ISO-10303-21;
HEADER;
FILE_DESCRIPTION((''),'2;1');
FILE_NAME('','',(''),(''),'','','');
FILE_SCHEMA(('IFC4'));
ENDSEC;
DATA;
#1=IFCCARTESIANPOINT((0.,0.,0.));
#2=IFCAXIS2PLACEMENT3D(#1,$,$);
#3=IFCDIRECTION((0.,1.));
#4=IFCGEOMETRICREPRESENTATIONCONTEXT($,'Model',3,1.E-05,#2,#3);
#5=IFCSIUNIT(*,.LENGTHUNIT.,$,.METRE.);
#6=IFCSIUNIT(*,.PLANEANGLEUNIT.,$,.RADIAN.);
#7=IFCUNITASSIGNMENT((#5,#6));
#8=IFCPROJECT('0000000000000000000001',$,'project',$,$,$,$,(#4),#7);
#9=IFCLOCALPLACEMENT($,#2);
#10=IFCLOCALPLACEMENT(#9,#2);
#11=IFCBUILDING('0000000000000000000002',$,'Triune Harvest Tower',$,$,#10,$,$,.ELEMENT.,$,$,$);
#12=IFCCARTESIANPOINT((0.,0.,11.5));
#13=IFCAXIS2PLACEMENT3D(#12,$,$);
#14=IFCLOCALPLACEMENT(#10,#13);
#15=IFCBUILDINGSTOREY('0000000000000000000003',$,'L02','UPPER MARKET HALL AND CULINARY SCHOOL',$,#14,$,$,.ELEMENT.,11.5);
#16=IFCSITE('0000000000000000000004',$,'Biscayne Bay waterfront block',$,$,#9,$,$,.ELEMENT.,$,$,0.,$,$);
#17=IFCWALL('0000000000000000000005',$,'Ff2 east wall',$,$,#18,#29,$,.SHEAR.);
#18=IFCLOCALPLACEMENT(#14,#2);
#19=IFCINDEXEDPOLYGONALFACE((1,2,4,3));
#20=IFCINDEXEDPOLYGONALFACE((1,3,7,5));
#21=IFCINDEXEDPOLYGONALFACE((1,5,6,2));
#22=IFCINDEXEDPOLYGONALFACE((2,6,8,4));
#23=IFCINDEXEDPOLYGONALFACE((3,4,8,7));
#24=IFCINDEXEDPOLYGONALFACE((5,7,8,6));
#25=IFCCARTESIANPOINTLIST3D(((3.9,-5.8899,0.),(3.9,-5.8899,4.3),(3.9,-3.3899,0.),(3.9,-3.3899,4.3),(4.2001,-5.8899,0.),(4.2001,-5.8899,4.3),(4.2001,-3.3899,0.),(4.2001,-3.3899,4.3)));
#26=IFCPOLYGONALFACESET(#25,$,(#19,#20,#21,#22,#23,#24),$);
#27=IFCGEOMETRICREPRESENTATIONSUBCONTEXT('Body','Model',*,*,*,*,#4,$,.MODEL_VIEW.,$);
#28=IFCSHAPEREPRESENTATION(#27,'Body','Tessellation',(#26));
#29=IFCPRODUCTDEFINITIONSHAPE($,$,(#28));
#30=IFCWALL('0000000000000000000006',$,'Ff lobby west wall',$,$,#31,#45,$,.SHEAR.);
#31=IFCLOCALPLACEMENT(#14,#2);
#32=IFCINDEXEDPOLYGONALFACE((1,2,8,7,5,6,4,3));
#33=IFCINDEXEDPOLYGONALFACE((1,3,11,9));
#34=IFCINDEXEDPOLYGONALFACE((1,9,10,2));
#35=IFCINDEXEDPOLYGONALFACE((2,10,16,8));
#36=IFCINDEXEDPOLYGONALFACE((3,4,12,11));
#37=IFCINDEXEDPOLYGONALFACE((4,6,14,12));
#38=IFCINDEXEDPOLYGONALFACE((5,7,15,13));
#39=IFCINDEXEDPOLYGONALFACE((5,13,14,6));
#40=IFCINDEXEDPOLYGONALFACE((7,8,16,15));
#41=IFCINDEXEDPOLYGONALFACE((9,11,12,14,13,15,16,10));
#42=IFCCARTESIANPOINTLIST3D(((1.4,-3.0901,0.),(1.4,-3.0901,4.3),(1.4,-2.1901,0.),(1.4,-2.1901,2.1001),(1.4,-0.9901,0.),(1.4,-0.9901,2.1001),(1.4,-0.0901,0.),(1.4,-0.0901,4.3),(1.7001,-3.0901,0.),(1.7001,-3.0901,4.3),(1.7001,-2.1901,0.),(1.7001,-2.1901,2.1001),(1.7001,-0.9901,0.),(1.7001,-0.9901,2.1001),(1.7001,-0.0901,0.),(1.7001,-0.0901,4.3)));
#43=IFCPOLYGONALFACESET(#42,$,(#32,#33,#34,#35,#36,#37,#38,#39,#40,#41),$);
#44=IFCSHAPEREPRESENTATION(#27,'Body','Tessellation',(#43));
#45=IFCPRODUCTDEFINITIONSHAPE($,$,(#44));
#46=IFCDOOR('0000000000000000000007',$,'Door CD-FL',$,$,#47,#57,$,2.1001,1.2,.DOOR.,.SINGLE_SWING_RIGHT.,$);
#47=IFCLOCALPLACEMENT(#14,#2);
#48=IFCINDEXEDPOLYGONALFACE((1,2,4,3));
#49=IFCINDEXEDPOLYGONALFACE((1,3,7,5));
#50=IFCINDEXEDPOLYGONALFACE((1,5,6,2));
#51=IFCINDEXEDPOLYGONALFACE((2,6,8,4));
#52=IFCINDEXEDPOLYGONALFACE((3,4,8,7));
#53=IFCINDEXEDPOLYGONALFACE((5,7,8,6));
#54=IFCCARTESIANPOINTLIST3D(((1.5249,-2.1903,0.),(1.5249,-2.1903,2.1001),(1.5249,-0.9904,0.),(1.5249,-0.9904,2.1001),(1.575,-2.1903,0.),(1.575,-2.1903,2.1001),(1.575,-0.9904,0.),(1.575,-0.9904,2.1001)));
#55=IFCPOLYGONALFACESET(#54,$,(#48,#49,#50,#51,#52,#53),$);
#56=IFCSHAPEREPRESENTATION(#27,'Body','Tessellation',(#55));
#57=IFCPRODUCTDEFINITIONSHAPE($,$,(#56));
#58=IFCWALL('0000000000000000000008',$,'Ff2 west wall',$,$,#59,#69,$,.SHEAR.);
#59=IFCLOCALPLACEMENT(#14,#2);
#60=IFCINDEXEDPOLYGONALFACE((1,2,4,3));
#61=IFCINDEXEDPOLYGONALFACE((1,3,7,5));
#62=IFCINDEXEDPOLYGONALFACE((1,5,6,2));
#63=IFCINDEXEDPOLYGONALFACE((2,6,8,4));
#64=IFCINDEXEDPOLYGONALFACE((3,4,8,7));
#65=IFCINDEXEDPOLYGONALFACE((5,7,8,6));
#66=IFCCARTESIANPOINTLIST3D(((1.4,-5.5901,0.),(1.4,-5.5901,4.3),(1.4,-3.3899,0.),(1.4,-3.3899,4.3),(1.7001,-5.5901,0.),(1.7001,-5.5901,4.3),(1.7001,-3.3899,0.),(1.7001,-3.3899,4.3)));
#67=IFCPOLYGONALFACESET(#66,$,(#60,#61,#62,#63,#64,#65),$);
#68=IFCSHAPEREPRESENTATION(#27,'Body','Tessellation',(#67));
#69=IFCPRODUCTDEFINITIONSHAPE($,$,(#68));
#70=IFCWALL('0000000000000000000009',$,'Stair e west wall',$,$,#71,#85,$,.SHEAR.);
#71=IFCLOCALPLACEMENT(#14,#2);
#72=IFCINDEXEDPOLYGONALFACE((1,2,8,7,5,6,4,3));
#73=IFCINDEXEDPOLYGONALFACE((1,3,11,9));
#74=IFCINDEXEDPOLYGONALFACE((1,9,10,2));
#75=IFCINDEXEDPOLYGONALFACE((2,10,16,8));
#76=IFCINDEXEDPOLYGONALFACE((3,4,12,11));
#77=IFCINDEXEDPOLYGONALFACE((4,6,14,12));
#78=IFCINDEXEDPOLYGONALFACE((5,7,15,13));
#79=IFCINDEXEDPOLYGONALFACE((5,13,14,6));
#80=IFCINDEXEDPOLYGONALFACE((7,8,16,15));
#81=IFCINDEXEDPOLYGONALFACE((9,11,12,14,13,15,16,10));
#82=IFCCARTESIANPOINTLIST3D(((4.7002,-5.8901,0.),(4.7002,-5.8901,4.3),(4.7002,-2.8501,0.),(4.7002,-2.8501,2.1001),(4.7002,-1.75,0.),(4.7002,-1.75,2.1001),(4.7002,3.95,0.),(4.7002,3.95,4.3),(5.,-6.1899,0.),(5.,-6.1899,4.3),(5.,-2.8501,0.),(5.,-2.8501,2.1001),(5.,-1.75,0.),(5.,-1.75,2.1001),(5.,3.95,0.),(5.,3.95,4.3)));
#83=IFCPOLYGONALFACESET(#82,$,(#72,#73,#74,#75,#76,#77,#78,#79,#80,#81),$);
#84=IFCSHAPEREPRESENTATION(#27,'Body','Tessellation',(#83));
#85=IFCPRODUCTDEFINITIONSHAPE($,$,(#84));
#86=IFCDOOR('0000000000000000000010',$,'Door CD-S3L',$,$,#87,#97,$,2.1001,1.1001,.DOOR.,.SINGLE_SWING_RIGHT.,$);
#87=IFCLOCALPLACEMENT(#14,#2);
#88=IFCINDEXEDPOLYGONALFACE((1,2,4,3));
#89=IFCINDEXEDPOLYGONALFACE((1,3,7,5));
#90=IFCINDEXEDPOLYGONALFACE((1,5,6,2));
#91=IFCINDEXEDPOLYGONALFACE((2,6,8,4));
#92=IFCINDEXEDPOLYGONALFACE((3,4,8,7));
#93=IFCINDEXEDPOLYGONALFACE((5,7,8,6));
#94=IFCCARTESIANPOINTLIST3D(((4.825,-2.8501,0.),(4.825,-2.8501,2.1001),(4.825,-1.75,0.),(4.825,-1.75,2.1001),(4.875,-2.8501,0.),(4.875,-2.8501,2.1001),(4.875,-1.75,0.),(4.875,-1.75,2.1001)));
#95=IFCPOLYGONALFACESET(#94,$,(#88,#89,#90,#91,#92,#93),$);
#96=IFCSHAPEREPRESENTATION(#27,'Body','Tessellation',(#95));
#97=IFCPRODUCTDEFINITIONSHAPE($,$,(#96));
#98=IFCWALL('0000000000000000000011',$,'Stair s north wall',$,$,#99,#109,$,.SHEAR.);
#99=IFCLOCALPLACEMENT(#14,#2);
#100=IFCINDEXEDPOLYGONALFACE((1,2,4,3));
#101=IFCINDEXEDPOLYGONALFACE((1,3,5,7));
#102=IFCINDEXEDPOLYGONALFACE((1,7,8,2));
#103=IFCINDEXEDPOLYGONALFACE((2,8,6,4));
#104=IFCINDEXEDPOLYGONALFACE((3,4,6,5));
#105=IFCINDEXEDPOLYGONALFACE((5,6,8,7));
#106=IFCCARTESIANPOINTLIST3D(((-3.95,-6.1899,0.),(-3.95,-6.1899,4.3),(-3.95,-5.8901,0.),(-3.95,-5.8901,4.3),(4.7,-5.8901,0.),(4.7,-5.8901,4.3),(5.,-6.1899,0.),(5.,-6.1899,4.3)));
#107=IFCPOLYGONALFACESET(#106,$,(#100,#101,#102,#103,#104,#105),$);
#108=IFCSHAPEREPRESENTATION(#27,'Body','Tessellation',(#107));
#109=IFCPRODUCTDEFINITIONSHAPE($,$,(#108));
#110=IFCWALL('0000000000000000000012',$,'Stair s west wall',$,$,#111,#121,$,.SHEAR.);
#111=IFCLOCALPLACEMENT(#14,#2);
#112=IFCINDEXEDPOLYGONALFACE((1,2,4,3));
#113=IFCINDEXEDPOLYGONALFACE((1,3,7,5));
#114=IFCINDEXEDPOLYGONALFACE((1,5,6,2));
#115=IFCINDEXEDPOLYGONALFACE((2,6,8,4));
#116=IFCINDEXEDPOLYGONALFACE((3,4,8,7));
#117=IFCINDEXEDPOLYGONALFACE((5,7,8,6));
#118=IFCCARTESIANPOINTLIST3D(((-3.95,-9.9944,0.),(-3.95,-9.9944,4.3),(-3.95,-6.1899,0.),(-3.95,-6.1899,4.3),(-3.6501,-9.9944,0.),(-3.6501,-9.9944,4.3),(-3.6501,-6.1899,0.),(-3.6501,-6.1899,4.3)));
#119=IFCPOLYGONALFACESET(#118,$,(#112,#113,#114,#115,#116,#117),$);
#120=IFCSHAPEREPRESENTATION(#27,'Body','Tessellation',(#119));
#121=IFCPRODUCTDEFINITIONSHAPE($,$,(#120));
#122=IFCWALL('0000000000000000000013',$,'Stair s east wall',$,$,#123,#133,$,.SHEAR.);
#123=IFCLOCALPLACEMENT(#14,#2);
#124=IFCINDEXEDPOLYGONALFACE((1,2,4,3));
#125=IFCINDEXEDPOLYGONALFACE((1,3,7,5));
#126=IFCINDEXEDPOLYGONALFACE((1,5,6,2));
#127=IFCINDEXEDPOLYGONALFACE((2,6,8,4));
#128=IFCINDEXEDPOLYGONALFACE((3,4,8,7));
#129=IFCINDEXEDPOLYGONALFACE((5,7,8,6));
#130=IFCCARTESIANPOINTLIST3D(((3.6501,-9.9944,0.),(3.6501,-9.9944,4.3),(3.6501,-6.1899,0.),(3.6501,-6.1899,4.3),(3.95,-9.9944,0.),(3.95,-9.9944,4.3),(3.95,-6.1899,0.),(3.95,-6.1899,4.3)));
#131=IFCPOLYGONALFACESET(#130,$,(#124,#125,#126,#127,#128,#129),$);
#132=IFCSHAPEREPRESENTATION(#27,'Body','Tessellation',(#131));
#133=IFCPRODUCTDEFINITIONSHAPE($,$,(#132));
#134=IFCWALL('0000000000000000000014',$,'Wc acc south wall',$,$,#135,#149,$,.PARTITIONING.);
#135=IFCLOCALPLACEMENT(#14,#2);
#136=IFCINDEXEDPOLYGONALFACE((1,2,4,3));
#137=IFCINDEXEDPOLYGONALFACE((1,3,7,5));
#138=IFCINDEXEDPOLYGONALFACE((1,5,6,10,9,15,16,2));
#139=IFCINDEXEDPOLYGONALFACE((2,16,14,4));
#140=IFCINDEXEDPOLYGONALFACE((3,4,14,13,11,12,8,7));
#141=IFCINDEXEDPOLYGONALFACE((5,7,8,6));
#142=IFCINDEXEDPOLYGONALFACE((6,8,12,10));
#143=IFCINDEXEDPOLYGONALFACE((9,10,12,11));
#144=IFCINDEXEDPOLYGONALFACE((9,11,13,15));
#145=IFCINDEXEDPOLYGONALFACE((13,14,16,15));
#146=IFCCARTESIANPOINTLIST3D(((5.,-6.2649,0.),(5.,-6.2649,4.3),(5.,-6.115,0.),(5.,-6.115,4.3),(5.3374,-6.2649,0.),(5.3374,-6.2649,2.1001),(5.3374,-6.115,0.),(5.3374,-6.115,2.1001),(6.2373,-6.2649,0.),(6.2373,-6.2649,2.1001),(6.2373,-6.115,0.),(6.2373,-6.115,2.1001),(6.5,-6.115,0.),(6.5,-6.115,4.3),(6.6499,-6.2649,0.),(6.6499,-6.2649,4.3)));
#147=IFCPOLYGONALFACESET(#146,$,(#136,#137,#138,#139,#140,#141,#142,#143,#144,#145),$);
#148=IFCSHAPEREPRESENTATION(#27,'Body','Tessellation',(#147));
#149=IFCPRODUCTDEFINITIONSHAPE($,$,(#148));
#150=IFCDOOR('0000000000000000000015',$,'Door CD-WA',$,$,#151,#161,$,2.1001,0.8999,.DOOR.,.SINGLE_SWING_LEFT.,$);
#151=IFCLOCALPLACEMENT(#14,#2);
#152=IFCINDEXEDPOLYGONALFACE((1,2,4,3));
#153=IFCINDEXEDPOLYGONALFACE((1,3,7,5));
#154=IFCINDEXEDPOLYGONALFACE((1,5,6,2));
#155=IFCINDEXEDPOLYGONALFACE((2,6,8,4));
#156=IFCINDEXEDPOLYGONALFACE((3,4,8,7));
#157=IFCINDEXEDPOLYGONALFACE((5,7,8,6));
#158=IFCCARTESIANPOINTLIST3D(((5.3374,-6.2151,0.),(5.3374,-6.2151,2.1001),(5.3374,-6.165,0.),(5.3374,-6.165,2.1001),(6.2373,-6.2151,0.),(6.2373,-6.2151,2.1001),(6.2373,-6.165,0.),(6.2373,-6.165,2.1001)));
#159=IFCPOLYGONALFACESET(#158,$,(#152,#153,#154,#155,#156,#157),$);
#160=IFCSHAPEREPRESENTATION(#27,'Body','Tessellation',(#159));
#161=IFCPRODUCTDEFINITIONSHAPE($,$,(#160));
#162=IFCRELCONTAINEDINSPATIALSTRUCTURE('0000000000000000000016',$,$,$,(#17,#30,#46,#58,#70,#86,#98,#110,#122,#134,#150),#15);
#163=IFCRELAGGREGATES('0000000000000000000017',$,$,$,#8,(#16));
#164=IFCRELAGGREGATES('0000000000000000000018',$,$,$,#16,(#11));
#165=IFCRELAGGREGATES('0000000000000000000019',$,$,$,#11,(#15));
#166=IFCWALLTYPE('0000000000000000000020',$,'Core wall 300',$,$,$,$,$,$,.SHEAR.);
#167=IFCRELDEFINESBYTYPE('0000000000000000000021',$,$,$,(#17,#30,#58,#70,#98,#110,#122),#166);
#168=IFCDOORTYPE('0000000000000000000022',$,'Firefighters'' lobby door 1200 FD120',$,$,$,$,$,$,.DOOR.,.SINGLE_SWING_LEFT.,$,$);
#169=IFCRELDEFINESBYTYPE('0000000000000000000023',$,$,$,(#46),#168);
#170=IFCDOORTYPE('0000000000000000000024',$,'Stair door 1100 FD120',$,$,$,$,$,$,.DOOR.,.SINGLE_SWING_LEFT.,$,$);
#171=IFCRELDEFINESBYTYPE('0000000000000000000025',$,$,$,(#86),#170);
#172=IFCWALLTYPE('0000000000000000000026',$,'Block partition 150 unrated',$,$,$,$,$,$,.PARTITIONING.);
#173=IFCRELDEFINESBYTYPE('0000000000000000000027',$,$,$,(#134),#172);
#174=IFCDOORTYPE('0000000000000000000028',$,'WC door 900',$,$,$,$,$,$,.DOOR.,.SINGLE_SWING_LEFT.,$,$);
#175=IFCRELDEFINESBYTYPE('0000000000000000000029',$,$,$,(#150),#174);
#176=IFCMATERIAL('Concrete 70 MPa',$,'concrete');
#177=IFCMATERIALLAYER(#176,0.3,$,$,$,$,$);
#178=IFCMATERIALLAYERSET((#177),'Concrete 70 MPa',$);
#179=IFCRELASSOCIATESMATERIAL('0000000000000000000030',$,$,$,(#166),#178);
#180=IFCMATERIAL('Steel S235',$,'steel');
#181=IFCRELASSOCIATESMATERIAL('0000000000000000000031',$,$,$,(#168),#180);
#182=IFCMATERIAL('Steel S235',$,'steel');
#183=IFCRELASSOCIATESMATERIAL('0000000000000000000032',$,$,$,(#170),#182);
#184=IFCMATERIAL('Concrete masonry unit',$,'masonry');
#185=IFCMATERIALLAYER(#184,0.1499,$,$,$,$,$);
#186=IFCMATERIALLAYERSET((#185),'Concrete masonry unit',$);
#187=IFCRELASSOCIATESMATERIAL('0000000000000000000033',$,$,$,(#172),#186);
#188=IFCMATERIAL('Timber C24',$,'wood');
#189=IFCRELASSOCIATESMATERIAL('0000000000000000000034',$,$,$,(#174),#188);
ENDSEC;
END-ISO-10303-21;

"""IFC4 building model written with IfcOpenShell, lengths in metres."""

from ifc_helpers import new_model, si_unit, direction, frame, frame_2d, origin, place, context, subcontext, project, spatial, polyline, rectangle, outline, extrude, source, transform, mapped, material, layer, layer_set, type_object, element, fill, save


model = new_model("IFC4")

# Units and contexts
model_context = context("Model", 3, precision=1e-05, world=origin(), true_north=direction((0.0, 1.0)))
body_context = subcontext(model_context, "Body", "Model", "MODEL_VIEW")
ifc_project = project(units=[si_unit("LENGTHUNIT", "METRE"), si_unit("PLANEANGLEUNIT", "RADIAN")], contexts=[model_context])

# Site, building, storey
site_placement = place(None, origin())
site = spatial("IfcSite", under=ifc_project, at=site_placement, Name="Biscayne Bay waterfront block", CompositionType="ELEMENT", RefElevation=0.0)
building_placement = place(site_placement, origin())
building = spatial("IfcBuilding", under=site, at=building_placement, Name="Triune Harvest Tower", CompositionType="ELEMENT")
storey_placement = place(building_placement, frame((0.0, 0.0, 11.5)))
storey = spatial("IfcBuildingStorey", under=building, at=storey_placement, Name="L02", Description="UPPER MARKET HALL AND CULINARY SCHOOL", CompositionType="ELEMENT", Elevation=11.5)

# Wall
ifc_material_1 = material(Name="Concrete 70 MPa", Category="concrete")
ifc_layer_1 = layer(ifc_material_1, 0.3)
ifc_layer_set_1 = layer_set([ifc_layer_1], Name="Concrete 70 MPa")
wall_type_1 = type_object("IfcWallType", Name="Core wall 300", PredefinedType="SHEAR", material=ifc_layer_set_1)
shared_shape_1 = source(origin(), body_context, "Body", "SweptSolid", [
    extrude(rectangle(XDim=2.5, YDim=0.3, at=frame_2d((1.25, 0.0))), origin(), (0.0, 0.0, 1.0), 4.3),
])
wall_1_placement = place(storey_placement, frame((4.05, -5.8899, 0.0), z_axis=(0.0, 0.0, 1.0), x_axis=(0.0, 1.0, 0.0)))
element("IfcWall", 1, at=wall_1_placement, inside=storey, type_object=wall_type_1, Name="Ff2 east wall", PredefinedType="SHEAR", context=body_context, shape_type="MappedRepresentation", body=[
    mapped(shared_shape_1, transform((0.0, 0.0, 0.0), scale=1.0)),
])

# Wall, opening, door
shared_shape_2 = source(origin(), body_context, "Body", "SweptSolid", [
    extrude(rectangle(XDim=3.0, YDim=0.3, at=frame_2d((1.5, 0.0))), origin(), (0.0, 0.0, 1.0), 4.3),
])
wall_2_placement = place(storey_placement, frame((1.55, -3.0901, 0.0), z_axis=(0.0, 0.0, 1.0), x_axis=(0.0, 1.0, 0.0)))
wall_2 = element("IfcWall", 2, at=wall_2_placement, inside=storey, type_object=wall_type_1, Name="Ff lobby west wall", PredefinedType="SHEAR", context=body_context, shape_type="MappedRepresentation", body=[
    mapped(shared_shape_2, transform((0.0, 0.0, 0.0), scale=1.0)),
])
opening_1_placement = place(wall_2_placement, frame((0.8999, 0.0, 0.0)))
opening_1 = element("IfcOpeningElement", 3, at=opening_1_placement, cuts=wall_2, PredefinedType="OPENING", context=body_context, shape_type="SweptSolid", body=[
    extrude(rectangle(XDim=1.2, YDim=2.1001, at=frame_2d((0.6001, 1.05))), frame((0.0, 0.1602, 0.0), z_axis=(0.0, -1.0, 0.0), x_axis=(1.0, 0.0, 0.0)), (0.0, 0.0, 1.0), 0.3201),
])
ifc_material_2 = material(Name="Steel S235", Category="steel")
door_type_1 = type_object("IfcDoorType", Name="Firefighters' lobby door 1200 FD120", OperationType="SINGLE_SWING_LEFT", PredefinedType="DOOR", material=ifc_material_2)
door_1_placement = place(opening_1_placement, frame((1.2, 0.0, 0.0), z_axis=(0.0, 0.0, 1.0), x_axis=(-1.0, 0.0, 0.0)))
door_1 = element("IfcDoor", 4, at=door_1_placement, inside=storey, type_object=door_type_1, Name="Door CD-FL", OperationType="SINGLE_SWING_RIGHT", OverallHeight=2.1001, OverallWidth=1.2, PredefinedType="DOOR", context=body_context, shape_type="SweptSolid", body=[
    extrude(rectangle(XDim=1.2, YDim=2.1001, at=frame_2d((0.6001, 1.05))), frame((0.0, 0.0249, 0.0), z_axis=(0.0, -1.0, 0.0), x_axis=(1.0, 0.0, 0.0)), (0.0, 0.0, 1.0), 0.05),
])
fill(opening_1, door_1)

# Wall
shared_shape_3 = source(origin(), body_context, "Body", "SweptSolid", [
    extrude(rectangle(XDim=2.2002, YDim=0.3, at=frame_2d((1.1001, 0.0))), origin(), (0.0, 0.0, 1.0), 4.3),
])
wall_3_placement = place(storey_placement, frame((1.55, -5.5901, 0.0), z_axis=(0.0, 0.0, 1.0), x_axis=(0.0, 1.0, 0.0)))
element("IfcWall", 5, at=wall_3_placement, inside=storey, type_object=wall_type_1, Name="Ff2 west wall", PredefinedType="SHEAR", context=body_context, shape_type="MappedRepresentation", body=[
    mapped(shared_shape_3, transform((0.0, 0.0, 0.0), scale=1.0)),
])

# Wall, opening, door
shared_shape_4 = source(origin(), body_context, "Body", "SweptSolid", [
    extrude(outline(polyline([(-0.1499, -0.1499), (9.99, -0.1499), (9.99, 0.1499), (0.1499, 0.1499), (-0.1499, -0.1499)])), origin(), (0.0, 0.0, 1.0), 4.3),
])
wall_4_placement = place(storey_placement, frame((4.8501, -6.04, 0.0), z_axis=(0.0, 0.0, 1.0), x_axis=(0.0, 1.0, 0.0)))
wall_4 = element("IfcWall", 6, at=wall_4_placement, inside=storey, type_object=wall_type_1, Name="Stair e west wall", PredefinedType="SHEAR", context=body_context, shape_type="MappedRepresentation", body=[
    mapped(shared_shape_4, transform((0.0, 0.0, 0.0), scale=1.0)),
])
opening_2_placement = place(wall_4_placement, frame((3.1899, 0.0, 0.0)))
opening_2 = element("IfcOpeningElement", 7, at=opening_2_placement, cuts=wall_4, PredefinedType="OPENING", context=body_context, shape_type="SweptSolid", body=[
    extrude(rectangle(XDim=1.1001, YDim=2.1001, at=frame_2d((0.55, 1.05))), frame((0.0, 0.1602, 0.0), z_axis=(0.0, -1.0, 0.0), x_axis=(1.0, 0.0, 0.0)), (0.0, 0.0, 1.0), 0.3201),
])
ifc_material_3 = material(Name="Steel S235", Category="steel")
door_type_2 = type_object("IfcDoorType", Name="Stair door 1100 FD120", OperationType="SINGLE_SWING_LEFT", PredefinedType="DOOR", material=ifc_material_3)
door_2_placement = place(opening_2_placement, frame((1.1001, 0.0, 0.0), z_axis=(0.0, 0.0, 1.0), x_axis=(-1.0, 0.0, 0.0)))
door_2 = element("IfcDoor", 8, at=door_2_placement, inside=storey, type_object=door_type_2, Name="Door CD-S3L", OperationType="SINGLE_SWING_RIGHT", OverallHeight=2.1001, OverallWidth=1.1001, PredefinedType="DOOR", context=body_context, shape_type="SweptSolid", body=[
    extrude(rectangle(XDim=1.1001, YDim=2.1001, at=frame_2d((0.55, 1.05))), frame((0.0, 0.0249, 0.0), z_axis=(0.0, -1.0, 0.0), x_axis=(1.0, 0.0, 0.0)), (0.0, 0.0, 1.0), 0.05),
])
fill(opening_2, door_2)

# Walls
shared_shape_5 = source(origin(), body_context, "Body", "SweptSolid", [
    extrude(outline(polyline([(0.0, -0.1499), (8.95, -0.1499), (8.6499, 0.1499), (0.0, 0.1499), (0.0, -0.1499)])), origin(), (0.0, 0.0, 1.0), 4.3),
])
wall_5_placement = place(storey_placement, frame((-3.95, -6.04, 0.0), z_axis=(0.0, 0.0, 1.0), x_axis=(1.0, 0.0, 0.0)))
element("IfcWall", 9, at=wall_5_placement, inside=storey, type_object=wall_type_1, Name="Stair s north wall", PredefinedType="SHEAR", context=body_context, shape_type="MappedRepresentation", body=[
    mapped(shared_shape_5, transform((0.0, 0.0, 0.0), scale=1.0)),
])
shared_shape_6 = source(origin(), body_context, "Body", "SweptSolid", [
    extrude(outline(polyline([(3.8, -0.1499), (-0.0044, -0.1499), (-0.0044, 0.1499), (3.8, 0.1499), (3.8, -0.1499)])), origin(), (0.0, 0.0, 1.0), 4.3),
])
for number, where, z_axis, x_axis, name in (
    (10, (-3.8, -9.99, 0.0), (0.0, 0.0, 1.0), (0.0, 1.0, 0.0), "Stair s west wall"),
    (11, (3.8, -9.99, 0.0), (0.0, 0.0, 1.0), (0.0, 1.0, 0.0), "Stair s east wall"),
):
    element("IfcWall", number, at=place(storey_placement, frame(where, z_axis=z_axis, x_axis=x_axis)), inside=storey, type_object=wall_type_1, Name=name, PredefinedType="SHEAR", context=body_context, shape_type="MappedRepresentation", body=[
        mapped(shared_shape_6, transform((0.0, 0.0, 0.0), scale=1.0)),
    ])

# Wall, opening, door
ifc_material_4 = material(Name="Concrete masonry unit", Category="masonry")
ifc_layer_2 = layer(ifc_material_4, 0.1499)
ifc_layer_set_2 = layer_set([ifc_layer_2], Name="Concrete masonry unit")
wall_type_2 = type_object("IfcWallType", Name="Block partition 150 unrated", PredefinedType="PARTITIONING", material=ifc_layer_set_2)
shared_shape_7 = source(origin(), body_context, "Body", "SweptSolid", [
    extrude(outline(polyline([(0.0, -0.075), (1.6499, -0.075), (1.5, 0.075), (0.0, 0.075), (0.0, -0.075)])), origin(), (0.0, 0.0, 1.0), 4.3),
])
wall_6_placement = place(storey_placement, frame((5.0, -6.1899, 0.0), z_axis=(0.0, 0.0, 1.0), x_axis=(1.0, 0.0, 0.0)))
wall_6 = element("IfcWall", 12, at=wall_6_placement, inside=storey, type_object=wall_type_2, Name="Wc acc south wall", PredefinedType="PARTITIONING", context=body_context, shape_type="MappedRepresentation", body=[
    mapped(shared_shape_7, transform((0.0, 0.0, 0.0), scale=1.0)),
])
opening_3_placement = place(wall_6_placement, frame((0.3374, 0.0, 0.0)))
opening_3 = element("IfcOpeningElement", 13, at=opening_3_placement, cuts=wall_6, PredefinedType="OPENING", context=body_context, shape_type="SweptSolid", body=[
    extrude(rectangle(XDim=0.8999, YDim=2.1001, at=frame_2d((0.45, 1.05))), frame((0.0, 0.085, 0.0), z_axis=(0.0, -1.0, 0.0), x_axis=(1.0, 0.0, 0.0)), (0.0, 0.0, 1.0), 0.1699),
])
ifc_material_5 = material(Name="Timber C24", Category="wood")
door_type_3 = type_object("IfcDoorType", Name="WC door 900", OperationType="SINGLE_SWING_LEFT", PredefinedType="DOOR", material=ifc_material_5)
door_3_placement = place(opening_3_placement, origin())
door_3 = element("IfcDoor", 14, at=door_3_placement, inside=storey, type_object=door_type_3, Name="Door CD-WA", OperationType="SINGLE_SWING_LEFT", OverallHeight=2.1001, OverallWidth=0.8999, PredefinedType="DOOR", context=body_context, shape_type="SweptSolid", body=[
    extrude(rectangle(XDim=0.8999, YDim=2.1001, at=frame_2d((0.45, 1.05))), frame((0.0, 0.0249, 0.0), z_axis=(0.0, -1.0, 0.0), x_axis=(1.0, 0.0, 0.0)), (0.0, 0.0, 1.0), 0.05),
])
fill(opening_3, door_3)

save(model, "model.ifc")
